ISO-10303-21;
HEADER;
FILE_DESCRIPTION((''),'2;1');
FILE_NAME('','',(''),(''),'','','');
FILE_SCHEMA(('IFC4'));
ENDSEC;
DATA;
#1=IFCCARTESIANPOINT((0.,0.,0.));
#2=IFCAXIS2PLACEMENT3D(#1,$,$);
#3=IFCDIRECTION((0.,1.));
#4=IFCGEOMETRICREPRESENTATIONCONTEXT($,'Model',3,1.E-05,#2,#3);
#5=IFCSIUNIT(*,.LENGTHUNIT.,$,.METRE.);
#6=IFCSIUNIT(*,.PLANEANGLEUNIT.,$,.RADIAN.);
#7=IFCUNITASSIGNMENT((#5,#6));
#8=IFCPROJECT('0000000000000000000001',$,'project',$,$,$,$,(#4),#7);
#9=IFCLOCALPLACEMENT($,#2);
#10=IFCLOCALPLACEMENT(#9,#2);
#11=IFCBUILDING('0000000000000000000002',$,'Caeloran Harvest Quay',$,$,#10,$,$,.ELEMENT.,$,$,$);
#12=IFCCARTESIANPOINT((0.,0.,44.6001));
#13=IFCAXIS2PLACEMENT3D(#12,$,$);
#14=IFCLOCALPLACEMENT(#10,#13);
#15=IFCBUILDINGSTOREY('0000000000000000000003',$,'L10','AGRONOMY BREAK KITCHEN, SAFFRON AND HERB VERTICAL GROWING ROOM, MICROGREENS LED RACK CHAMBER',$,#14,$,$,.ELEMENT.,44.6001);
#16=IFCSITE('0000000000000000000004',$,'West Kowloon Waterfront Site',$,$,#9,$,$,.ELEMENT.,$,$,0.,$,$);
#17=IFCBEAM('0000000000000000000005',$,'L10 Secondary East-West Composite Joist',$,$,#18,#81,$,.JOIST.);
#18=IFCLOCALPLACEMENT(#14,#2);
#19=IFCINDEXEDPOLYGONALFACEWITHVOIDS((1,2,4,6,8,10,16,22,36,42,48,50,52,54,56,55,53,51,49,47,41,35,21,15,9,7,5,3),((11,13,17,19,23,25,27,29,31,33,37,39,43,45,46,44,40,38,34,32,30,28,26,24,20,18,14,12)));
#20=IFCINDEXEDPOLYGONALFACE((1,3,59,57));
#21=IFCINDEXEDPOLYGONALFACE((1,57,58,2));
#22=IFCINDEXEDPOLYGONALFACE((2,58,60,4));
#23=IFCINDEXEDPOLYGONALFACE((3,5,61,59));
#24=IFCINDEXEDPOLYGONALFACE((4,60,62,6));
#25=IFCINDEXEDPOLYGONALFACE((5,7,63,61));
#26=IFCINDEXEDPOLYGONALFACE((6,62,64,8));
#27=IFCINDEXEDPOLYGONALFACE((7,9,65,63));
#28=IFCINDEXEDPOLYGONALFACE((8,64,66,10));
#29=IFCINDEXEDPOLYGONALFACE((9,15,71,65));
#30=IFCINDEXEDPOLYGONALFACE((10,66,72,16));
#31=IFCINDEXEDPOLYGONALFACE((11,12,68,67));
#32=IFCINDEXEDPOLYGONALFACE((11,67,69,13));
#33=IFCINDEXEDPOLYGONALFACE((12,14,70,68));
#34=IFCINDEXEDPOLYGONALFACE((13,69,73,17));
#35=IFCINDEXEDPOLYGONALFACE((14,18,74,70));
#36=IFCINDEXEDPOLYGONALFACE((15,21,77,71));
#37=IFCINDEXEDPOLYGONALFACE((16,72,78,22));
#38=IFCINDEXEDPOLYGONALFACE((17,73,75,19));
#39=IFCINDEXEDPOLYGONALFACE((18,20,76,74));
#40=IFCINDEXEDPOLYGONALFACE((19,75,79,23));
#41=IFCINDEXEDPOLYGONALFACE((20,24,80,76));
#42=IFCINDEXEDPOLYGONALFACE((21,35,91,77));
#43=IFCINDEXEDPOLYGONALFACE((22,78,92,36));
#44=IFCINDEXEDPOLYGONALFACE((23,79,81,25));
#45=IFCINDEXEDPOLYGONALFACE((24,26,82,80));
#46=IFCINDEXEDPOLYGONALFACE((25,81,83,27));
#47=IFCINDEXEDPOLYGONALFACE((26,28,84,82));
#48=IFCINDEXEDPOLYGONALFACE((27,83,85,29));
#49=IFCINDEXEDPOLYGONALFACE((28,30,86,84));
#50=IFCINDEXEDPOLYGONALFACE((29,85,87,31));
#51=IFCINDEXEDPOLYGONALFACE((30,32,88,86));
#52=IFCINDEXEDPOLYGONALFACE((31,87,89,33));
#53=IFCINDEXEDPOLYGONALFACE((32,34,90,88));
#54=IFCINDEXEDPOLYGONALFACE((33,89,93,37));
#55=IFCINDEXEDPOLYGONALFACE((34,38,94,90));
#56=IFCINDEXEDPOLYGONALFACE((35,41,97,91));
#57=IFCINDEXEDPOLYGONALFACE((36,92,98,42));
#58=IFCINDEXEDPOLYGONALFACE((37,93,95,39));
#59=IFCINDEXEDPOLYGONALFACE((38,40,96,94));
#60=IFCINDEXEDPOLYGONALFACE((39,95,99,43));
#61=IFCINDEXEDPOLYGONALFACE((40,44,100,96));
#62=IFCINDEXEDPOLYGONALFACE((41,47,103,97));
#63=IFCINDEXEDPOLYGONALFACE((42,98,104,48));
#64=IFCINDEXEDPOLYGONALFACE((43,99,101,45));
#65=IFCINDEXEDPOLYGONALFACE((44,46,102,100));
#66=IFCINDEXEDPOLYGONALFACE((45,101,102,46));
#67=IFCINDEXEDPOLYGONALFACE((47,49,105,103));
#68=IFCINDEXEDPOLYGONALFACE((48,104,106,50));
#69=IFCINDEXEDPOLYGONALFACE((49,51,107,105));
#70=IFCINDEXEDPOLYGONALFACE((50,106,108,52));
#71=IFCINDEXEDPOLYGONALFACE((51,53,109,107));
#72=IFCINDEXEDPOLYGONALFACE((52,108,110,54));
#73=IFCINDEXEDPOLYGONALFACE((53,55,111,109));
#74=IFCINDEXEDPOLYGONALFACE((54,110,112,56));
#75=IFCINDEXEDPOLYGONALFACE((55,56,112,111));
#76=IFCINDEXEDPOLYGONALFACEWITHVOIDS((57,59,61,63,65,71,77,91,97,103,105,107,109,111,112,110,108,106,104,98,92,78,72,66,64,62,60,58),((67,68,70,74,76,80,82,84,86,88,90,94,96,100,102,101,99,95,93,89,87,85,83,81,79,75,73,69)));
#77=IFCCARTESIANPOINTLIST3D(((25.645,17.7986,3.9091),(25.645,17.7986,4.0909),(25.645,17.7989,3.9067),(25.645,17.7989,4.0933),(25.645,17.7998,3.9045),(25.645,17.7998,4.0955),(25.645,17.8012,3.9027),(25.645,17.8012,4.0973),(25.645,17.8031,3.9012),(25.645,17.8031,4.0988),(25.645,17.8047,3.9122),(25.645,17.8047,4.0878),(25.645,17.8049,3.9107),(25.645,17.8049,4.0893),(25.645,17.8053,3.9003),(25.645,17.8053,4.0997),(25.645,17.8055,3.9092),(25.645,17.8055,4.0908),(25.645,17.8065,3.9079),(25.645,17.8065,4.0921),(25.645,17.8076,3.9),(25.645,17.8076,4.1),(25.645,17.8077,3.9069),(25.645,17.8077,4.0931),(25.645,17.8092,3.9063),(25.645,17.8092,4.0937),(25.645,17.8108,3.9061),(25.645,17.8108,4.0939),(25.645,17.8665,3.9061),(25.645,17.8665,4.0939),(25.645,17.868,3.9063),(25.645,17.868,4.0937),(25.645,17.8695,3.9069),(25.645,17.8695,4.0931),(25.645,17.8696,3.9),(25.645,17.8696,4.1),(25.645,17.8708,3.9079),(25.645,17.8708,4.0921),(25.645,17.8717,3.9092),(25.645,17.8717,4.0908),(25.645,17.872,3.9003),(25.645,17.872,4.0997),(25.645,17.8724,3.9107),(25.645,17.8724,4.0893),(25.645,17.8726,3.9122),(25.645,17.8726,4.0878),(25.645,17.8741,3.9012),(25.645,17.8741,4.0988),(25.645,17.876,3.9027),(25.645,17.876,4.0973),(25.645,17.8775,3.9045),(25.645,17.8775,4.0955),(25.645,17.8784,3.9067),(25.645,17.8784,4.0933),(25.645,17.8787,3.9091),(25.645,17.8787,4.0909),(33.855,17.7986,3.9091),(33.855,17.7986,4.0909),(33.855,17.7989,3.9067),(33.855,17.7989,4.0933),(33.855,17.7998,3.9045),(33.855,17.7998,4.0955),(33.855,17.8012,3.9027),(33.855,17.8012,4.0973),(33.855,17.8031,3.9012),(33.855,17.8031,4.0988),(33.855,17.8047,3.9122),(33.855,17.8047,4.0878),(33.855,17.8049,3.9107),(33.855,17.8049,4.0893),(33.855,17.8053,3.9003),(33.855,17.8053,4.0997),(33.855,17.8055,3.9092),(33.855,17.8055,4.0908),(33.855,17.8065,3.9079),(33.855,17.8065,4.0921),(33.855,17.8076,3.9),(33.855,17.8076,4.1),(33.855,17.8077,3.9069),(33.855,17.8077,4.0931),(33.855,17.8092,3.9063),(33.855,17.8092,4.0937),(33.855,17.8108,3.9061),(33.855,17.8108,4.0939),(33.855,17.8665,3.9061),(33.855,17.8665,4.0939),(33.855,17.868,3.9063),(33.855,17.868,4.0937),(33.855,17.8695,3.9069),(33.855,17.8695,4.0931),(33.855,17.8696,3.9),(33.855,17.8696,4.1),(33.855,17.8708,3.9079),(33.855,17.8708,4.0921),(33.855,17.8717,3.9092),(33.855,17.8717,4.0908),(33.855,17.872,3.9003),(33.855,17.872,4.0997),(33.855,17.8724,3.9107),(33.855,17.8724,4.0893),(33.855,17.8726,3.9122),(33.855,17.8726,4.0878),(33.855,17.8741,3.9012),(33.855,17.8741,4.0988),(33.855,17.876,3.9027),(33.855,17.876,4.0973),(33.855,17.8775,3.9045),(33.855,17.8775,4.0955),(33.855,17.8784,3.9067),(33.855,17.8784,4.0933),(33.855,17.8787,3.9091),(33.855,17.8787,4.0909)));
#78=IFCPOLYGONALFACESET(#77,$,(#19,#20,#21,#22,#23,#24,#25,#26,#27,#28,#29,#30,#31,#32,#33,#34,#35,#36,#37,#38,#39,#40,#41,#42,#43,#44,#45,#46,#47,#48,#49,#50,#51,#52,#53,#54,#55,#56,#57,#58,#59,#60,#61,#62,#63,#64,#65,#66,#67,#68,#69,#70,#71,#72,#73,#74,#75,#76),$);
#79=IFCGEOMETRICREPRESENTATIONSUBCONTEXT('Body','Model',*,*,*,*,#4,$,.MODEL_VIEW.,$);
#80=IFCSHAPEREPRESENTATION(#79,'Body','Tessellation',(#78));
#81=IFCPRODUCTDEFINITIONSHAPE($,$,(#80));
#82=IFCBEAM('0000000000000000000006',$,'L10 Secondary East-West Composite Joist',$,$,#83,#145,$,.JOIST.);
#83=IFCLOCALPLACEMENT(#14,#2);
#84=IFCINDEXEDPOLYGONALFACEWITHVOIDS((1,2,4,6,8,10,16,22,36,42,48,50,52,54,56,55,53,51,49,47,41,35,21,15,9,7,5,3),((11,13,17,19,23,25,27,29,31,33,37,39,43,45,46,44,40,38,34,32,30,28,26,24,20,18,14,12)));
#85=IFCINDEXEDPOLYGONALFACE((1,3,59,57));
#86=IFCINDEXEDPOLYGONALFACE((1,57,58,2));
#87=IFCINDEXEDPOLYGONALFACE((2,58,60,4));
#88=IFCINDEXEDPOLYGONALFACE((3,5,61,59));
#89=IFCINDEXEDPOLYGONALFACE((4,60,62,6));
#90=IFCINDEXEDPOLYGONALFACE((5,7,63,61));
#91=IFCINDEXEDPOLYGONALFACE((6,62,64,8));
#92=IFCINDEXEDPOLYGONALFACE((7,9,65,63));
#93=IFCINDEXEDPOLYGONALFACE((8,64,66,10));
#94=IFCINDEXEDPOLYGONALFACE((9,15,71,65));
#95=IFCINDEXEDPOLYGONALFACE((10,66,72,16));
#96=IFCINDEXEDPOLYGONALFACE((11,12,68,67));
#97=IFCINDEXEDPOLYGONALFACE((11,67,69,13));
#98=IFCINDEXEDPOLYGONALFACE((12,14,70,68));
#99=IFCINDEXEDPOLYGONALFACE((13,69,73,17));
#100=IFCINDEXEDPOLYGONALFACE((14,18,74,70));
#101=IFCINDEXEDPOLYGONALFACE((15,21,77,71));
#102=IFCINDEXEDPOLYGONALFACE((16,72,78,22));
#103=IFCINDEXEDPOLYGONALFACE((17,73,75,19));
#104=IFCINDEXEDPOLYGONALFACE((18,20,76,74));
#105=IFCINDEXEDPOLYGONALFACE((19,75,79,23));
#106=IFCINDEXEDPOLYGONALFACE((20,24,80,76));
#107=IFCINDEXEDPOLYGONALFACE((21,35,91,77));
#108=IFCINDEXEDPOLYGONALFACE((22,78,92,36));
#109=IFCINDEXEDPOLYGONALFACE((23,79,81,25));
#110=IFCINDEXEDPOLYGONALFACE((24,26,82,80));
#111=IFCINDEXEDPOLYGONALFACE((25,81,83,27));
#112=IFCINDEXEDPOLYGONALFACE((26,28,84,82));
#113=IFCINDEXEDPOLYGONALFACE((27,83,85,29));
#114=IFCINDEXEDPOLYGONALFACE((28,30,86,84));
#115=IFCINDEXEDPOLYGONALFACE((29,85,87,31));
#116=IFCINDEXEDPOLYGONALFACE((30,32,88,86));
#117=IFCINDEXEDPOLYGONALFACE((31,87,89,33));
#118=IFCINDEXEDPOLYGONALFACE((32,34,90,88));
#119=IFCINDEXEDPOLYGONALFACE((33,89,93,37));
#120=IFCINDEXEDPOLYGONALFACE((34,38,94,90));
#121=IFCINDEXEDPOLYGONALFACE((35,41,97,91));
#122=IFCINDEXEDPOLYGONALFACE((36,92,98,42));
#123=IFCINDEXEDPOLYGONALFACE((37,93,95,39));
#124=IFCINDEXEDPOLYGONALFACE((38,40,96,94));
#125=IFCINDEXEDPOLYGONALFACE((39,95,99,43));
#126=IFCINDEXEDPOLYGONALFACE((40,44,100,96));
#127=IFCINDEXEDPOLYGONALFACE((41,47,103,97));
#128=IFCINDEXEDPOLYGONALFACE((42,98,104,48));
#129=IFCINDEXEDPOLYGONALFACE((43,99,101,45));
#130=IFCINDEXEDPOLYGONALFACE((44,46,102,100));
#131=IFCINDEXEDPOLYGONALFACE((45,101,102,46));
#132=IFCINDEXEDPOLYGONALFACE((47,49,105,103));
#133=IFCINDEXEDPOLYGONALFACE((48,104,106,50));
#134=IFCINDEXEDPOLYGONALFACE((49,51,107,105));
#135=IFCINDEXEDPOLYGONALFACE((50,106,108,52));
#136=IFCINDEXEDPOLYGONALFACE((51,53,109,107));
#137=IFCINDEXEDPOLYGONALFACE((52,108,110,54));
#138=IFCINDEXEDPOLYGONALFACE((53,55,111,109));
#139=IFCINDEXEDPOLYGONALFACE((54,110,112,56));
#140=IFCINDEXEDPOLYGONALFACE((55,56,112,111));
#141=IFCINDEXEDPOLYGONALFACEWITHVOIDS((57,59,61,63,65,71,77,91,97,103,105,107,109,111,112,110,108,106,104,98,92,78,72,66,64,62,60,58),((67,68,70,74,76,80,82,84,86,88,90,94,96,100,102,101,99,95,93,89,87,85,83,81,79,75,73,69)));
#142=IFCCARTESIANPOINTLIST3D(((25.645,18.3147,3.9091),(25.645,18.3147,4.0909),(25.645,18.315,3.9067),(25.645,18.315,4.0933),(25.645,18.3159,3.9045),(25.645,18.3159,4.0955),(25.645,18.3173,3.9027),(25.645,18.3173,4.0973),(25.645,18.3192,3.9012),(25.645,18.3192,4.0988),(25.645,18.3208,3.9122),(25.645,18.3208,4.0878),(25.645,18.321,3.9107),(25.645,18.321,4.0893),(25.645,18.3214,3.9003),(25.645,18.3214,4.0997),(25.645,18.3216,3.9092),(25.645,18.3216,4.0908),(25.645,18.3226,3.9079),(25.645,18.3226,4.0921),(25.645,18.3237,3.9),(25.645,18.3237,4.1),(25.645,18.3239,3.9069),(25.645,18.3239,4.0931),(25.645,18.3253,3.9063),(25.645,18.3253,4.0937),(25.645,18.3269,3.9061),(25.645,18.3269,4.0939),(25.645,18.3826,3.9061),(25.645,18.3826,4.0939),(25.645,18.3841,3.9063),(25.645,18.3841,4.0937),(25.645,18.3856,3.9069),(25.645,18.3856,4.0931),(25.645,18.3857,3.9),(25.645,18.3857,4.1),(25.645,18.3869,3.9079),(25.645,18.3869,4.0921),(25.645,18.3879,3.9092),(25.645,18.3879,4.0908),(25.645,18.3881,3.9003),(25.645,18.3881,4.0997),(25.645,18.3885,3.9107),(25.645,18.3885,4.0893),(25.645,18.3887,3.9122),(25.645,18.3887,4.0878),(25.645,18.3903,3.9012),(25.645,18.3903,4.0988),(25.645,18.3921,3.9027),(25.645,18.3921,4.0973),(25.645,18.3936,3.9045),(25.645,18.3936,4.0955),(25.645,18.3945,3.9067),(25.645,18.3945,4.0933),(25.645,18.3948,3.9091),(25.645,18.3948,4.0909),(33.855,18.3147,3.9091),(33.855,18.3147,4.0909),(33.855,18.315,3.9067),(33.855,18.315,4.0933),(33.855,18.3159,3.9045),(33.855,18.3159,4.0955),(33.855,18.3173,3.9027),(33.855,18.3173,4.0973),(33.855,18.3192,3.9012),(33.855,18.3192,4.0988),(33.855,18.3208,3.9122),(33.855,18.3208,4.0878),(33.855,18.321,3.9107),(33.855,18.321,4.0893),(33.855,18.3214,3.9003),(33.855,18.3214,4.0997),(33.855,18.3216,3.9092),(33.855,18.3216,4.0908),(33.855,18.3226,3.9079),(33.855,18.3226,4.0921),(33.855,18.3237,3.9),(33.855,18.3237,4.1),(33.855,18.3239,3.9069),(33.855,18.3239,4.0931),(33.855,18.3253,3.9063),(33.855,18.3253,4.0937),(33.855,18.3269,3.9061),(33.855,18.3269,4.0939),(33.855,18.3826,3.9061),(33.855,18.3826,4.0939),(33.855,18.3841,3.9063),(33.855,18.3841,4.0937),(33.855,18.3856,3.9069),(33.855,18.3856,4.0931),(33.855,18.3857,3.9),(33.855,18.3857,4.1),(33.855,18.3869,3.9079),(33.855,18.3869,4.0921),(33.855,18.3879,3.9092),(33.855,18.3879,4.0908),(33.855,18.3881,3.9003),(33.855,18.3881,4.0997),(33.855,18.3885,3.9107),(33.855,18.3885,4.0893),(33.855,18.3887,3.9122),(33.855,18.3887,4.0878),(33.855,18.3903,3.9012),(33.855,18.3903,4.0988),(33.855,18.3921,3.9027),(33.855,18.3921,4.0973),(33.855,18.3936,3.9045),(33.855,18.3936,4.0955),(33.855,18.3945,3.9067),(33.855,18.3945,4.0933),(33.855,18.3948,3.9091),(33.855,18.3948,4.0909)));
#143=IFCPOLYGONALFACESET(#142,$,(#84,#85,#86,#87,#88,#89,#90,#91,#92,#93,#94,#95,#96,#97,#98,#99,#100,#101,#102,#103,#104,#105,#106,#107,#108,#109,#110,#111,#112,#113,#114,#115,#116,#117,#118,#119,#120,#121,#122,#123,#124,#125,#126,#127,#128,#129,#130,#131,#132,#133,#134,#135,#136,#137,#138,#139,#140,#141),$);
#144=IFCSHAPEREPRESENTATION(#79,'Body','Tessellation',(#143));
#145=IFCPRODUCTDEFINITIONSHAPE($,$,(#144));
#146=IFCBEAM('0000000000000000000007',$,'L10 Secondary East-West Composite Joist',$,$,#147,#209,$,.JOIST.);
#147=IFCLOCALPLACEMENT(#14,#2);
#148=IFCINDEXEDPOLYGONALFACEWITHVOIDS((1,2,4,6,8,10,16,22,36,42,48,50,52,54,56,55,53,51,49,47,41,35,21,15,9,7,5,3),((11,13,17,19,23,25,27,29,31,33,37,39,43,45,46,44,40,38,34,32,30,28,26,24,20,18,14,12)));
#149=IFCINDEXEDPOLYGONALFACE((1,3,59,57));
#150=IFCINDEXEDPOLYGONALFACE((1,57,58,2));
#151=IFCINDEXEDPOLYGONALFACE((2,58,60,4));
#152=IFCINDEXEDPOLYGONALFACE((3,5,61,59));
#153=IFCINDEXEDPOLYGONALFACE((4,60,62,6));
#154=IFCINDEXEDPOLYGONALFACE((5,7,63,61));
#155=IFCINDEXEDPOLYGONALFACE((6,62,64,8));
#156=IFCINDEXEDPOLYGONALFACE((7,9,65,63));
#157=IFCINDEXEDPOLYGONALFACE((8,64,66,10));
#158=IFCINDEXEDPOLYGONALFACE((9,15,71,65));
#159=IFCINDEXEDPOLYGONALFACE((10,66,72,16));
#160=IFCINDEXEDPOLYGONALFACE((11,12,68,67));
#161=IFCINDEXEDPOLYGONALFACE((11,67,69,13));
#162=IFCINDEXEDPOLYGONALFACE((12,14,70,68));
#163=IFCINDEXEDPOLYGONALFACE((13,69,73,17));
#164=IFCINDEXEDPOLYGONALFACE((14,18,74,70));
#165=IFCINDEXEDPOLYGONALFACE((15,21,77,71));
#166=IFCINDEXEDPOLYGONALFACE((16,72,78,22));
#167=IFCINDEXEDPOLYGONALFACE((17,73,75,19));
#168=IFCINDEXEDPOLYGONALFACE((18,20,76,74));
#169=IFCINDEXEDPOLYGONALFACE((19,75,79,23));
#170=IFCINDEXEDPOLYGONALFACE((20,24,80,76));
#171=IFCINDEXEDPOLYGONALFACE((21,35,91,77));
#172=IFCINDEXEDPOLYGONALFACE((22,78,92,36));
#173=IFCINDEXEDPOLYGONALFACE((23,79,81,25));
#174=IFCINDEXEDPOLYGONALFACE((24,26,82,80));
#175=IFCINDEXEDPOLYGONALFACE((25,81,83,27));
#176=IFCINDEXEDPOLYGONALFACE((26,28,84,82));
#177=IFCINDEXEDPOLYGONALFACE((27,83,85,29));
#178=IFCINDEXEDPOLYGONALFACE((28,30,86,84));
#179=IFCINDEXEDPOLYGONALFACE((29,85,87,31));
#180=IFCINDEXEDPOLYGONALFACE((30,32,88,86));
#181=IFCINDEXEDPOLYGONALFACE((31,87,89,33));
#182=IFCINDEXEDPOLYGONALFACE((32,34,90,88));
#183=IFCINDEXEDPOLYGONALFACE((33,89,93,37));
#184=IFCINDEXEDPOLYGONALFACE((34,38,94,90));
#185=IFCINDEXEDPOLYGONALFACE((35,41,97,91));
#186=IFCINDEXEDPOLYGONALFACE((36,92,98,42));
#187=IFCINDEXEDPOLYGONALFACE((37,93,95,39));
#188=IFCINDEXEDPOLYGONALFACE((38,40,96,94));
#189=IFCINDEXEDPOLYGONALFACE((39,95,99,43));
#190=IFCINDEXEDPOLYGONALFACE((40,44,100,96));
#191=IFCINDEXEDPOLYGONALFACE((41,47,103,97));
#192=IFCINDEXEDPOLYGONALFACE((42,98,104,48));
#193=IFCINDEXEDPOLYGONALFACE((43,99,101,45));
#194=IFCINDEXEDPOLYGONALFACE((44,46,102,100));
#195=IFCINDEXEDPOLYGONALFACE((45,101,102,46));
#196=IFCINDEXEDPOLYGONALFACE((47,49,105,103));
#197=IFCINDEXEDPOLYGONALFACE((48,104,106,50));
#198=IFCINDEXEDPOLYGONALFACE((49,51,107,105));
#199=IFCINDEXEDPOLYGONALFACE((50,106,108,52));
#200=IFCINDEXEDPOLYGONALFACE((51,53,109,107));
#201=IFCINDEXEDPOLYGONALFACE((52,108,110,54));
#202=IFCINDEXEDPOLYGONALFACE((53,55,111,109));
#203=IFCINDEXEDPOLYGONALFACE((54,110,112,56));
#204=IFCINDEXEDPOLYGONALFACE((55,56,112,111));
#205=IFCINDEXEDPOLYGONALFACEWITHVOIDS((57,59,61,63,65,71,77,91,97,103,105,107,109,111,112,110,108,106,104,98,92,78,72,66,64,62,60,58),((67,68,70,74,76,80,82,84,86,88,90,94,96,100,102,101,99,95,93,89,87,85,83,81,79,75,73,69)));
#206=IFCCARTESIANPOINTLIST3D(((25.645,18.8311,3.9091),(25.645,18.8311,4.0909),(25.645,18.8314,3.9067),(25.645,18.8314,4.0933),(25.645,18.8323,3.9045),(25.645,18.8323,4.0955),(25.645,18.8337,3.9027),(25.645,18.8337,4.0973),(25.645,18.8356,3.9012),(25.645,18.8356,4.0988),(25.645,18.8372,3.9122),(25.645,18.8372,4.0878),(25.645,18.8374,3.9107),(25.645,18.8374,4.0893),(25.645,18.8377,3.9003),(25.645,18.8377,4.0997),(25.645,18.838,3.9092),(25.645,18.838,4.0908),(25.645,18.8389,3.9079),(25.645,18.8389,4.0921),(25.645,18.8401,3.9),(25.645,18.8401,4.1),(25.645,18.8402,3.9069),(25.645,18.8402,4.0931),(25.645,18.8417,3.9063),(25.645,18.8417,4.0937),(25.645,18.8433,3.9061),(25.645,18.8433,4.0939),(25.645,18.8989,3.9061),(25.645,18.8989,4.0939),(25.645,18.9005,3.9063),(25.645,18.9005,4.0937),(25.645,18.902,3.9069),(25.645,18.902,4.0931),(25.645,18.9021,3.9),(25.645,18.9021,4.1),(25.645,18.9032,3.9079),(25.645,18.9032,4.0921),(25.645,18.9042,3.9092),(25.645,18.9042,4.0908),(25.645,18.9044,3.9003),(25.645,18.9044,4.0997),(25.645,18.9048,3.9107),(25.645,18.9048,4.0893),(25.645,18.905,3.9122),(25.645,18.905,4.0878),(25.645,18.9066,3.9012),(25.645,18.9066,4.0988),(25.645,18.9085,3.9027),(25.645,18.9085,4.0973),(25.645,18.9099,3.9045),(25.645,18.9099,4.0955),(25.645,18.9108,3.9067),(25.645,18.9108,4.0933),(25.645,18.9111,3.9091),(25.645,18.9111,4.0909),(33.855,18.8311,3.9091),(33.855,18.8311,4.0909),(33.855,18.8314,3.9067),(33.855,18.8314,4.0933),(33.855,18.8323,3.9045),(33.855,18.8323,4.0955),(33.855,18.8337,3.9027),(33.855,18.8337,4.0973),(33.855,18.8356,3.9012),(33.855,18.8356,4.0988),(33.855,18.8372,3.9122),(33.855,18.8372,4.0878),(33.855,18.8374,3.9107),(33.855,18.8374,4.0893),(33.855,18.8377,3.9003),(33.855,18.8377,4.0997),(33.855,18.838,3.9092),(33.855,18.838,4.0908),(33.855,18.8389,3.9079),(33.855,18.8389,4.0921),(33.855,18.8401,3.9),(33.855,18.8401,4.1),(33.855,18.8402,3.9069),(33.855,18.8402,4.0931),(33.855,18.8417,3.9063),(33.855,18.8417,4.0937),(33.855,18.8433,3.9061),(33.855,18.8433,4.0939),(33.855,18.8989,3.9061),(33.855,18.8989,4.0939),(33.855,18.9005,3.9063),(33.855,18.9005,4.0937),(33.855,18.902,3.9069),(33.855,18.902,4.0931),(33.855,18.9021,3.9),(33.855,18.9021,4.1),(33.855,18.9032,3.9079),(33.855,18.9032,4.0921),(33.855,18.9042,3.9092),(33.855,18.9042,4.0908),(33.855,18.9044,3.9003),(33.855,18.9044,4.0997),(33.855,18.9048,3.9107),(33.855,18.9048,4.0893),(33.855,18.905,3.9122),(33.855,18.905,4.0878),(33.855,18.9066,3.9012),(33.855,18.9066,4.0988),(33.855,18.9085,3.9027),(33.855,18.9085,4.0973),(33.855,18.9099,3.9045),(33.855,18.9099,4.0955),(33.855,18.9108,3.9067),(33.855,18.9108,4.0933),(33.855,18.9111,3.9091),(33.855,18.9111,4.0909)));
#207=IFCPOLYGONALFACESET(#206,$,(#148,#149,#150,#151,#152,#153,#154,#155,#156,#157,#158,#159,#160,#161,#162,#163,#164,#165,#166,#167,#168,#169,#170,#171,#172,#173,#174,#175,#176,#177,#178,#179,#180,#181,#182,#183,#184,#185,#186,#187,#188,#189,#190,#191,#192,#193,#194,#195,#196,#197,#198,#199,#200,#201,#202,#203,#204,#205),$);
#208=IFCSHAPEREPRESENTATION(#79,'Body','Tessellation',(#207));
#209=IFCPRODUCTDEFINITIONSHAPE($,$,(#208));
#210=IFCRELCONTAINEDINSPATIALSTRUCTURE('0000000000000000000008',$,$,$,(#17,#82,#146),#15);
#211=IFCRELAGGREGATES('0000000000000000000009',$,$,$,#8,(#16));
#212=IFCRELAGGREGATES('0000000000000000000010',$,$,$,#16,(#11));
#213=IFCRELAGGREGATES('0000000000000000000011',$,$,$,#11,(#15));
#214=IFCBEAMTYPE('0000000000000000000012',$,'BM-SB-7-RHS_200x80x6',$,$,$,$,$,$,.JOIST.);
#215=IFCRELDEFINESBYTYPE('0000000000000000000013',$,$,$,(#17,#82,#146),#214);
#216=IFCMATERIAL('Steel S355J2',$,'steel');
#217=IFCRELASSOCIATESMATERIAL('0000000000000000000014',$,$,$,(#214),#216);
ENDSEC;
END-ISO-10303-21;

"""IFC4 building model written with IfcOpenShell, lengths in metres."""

from ifc_helpers import new_model, si_unit, direction, frame, origin, origin_2d, place, context, subcontext, project, spatial, hollow_rectangle, extrude, material, material_profile, profile_set, type_object, element, save


model = new_model("IFC4")

# Units and contexts
model_context = context("Model", 3, precision=1e-05, world=origin(), true_north=direction((0.0, 1.0)))
body_context = subcontext(model_context, "Body", "Model", "MODEL_VIEW")
ifc_project = project(units=[si_unit("LENGTHUNIT", "METRE"), si_unit("PLANEANGLEUNIT", "RADIAN")], contexts=[model_context])

# Site, building, storey
site_placement = place(None, origin())
site = spatial("IfcSite", under=ifc_project, at=site_placement, Name="West Kowloon Waterfront Site", CompositionType="ELEMENT", RefElevation=0.0)
building_placement = place(site_placement, origin())
building = spatial("IfcBuilding", under=site, at=building_placement, Name="Caeloran Harvest Quay", CompositionType="ELEMENT")
storey_placement = place(building_placement, frame((0.0, 0.0, 44.6001)))
storey = spatial("IfcBuildingStorey", under=building, at=storey_placement, Name="L10", Description="AGRONOMY BREAK KITCHEN, SAFFRON AND HERB VERTICAL GROWING ROOM, MICROGREENS LED RACK CHAMBER", CompositionType="ELEMENT", Elevation=44.6001)

# Beams
ifc_material_1 = material(Name="Steel S355J2", Category="steel")
ifc_material_profile_1 = material_profile(ifc_material_1, hollow_rectangle(XDim=0.0801, YDim=0.2, WallThickness=0.0061, InnerFilletRadius=0.0061, OuterFilletRadius=0.009, at=origin_2d()), Name="RHS 200x80x6")
ifc_profile_set_1 = profile_set([ifc_material_profile_1], Name="Steel S355J2")
beam_type_1 = type_object("IfcBeamType", Name="BM-SB-7-RHS_200x80x6", PredefinedType="JOIST", material=ifc_profile_set_1)
for number, where, z_axis, x_axis, name in (
    (1, (25.645, 17.8386, 4.0), (1.0, 0.0, 0.0), (0.0, 1.0, 0.0), "L10 Secondary East-West Composite Joist"),
    (2, (25.645, 18.3547, 4.0), (1.0, 0.0, 0.0), (0.0, 1.0, 0.0), "L10 Secondary East-West Composite Joist"),
    (3, (25.645, 18.8711, 4.0), (1.0, 0.0, 0.0), (0.0, 1.0, 0.0), "L10 Secondary East-West Composite Joist"),
):
    element("IfcBeam", number, at=place(storey_placement, frame(where, z_axis=z_axis, x_axis=x_axis)), inside=storey, type_object=beam_type_1, Name=name, PredefinedType="JOIST", context=body_context, shape_type="SweptSolid", body=[
        extrude(hollow_rectangle(XDim=0.0801, YDim=0.2, WallThickness=0.0061, InnerFilletRadius=0.0061, OuterFilletRadius=0.009, at=origin_2d()), origin(), (0.0, 0.0, 1.0), 8.21),
    ])

save(model, "model.ifc")
